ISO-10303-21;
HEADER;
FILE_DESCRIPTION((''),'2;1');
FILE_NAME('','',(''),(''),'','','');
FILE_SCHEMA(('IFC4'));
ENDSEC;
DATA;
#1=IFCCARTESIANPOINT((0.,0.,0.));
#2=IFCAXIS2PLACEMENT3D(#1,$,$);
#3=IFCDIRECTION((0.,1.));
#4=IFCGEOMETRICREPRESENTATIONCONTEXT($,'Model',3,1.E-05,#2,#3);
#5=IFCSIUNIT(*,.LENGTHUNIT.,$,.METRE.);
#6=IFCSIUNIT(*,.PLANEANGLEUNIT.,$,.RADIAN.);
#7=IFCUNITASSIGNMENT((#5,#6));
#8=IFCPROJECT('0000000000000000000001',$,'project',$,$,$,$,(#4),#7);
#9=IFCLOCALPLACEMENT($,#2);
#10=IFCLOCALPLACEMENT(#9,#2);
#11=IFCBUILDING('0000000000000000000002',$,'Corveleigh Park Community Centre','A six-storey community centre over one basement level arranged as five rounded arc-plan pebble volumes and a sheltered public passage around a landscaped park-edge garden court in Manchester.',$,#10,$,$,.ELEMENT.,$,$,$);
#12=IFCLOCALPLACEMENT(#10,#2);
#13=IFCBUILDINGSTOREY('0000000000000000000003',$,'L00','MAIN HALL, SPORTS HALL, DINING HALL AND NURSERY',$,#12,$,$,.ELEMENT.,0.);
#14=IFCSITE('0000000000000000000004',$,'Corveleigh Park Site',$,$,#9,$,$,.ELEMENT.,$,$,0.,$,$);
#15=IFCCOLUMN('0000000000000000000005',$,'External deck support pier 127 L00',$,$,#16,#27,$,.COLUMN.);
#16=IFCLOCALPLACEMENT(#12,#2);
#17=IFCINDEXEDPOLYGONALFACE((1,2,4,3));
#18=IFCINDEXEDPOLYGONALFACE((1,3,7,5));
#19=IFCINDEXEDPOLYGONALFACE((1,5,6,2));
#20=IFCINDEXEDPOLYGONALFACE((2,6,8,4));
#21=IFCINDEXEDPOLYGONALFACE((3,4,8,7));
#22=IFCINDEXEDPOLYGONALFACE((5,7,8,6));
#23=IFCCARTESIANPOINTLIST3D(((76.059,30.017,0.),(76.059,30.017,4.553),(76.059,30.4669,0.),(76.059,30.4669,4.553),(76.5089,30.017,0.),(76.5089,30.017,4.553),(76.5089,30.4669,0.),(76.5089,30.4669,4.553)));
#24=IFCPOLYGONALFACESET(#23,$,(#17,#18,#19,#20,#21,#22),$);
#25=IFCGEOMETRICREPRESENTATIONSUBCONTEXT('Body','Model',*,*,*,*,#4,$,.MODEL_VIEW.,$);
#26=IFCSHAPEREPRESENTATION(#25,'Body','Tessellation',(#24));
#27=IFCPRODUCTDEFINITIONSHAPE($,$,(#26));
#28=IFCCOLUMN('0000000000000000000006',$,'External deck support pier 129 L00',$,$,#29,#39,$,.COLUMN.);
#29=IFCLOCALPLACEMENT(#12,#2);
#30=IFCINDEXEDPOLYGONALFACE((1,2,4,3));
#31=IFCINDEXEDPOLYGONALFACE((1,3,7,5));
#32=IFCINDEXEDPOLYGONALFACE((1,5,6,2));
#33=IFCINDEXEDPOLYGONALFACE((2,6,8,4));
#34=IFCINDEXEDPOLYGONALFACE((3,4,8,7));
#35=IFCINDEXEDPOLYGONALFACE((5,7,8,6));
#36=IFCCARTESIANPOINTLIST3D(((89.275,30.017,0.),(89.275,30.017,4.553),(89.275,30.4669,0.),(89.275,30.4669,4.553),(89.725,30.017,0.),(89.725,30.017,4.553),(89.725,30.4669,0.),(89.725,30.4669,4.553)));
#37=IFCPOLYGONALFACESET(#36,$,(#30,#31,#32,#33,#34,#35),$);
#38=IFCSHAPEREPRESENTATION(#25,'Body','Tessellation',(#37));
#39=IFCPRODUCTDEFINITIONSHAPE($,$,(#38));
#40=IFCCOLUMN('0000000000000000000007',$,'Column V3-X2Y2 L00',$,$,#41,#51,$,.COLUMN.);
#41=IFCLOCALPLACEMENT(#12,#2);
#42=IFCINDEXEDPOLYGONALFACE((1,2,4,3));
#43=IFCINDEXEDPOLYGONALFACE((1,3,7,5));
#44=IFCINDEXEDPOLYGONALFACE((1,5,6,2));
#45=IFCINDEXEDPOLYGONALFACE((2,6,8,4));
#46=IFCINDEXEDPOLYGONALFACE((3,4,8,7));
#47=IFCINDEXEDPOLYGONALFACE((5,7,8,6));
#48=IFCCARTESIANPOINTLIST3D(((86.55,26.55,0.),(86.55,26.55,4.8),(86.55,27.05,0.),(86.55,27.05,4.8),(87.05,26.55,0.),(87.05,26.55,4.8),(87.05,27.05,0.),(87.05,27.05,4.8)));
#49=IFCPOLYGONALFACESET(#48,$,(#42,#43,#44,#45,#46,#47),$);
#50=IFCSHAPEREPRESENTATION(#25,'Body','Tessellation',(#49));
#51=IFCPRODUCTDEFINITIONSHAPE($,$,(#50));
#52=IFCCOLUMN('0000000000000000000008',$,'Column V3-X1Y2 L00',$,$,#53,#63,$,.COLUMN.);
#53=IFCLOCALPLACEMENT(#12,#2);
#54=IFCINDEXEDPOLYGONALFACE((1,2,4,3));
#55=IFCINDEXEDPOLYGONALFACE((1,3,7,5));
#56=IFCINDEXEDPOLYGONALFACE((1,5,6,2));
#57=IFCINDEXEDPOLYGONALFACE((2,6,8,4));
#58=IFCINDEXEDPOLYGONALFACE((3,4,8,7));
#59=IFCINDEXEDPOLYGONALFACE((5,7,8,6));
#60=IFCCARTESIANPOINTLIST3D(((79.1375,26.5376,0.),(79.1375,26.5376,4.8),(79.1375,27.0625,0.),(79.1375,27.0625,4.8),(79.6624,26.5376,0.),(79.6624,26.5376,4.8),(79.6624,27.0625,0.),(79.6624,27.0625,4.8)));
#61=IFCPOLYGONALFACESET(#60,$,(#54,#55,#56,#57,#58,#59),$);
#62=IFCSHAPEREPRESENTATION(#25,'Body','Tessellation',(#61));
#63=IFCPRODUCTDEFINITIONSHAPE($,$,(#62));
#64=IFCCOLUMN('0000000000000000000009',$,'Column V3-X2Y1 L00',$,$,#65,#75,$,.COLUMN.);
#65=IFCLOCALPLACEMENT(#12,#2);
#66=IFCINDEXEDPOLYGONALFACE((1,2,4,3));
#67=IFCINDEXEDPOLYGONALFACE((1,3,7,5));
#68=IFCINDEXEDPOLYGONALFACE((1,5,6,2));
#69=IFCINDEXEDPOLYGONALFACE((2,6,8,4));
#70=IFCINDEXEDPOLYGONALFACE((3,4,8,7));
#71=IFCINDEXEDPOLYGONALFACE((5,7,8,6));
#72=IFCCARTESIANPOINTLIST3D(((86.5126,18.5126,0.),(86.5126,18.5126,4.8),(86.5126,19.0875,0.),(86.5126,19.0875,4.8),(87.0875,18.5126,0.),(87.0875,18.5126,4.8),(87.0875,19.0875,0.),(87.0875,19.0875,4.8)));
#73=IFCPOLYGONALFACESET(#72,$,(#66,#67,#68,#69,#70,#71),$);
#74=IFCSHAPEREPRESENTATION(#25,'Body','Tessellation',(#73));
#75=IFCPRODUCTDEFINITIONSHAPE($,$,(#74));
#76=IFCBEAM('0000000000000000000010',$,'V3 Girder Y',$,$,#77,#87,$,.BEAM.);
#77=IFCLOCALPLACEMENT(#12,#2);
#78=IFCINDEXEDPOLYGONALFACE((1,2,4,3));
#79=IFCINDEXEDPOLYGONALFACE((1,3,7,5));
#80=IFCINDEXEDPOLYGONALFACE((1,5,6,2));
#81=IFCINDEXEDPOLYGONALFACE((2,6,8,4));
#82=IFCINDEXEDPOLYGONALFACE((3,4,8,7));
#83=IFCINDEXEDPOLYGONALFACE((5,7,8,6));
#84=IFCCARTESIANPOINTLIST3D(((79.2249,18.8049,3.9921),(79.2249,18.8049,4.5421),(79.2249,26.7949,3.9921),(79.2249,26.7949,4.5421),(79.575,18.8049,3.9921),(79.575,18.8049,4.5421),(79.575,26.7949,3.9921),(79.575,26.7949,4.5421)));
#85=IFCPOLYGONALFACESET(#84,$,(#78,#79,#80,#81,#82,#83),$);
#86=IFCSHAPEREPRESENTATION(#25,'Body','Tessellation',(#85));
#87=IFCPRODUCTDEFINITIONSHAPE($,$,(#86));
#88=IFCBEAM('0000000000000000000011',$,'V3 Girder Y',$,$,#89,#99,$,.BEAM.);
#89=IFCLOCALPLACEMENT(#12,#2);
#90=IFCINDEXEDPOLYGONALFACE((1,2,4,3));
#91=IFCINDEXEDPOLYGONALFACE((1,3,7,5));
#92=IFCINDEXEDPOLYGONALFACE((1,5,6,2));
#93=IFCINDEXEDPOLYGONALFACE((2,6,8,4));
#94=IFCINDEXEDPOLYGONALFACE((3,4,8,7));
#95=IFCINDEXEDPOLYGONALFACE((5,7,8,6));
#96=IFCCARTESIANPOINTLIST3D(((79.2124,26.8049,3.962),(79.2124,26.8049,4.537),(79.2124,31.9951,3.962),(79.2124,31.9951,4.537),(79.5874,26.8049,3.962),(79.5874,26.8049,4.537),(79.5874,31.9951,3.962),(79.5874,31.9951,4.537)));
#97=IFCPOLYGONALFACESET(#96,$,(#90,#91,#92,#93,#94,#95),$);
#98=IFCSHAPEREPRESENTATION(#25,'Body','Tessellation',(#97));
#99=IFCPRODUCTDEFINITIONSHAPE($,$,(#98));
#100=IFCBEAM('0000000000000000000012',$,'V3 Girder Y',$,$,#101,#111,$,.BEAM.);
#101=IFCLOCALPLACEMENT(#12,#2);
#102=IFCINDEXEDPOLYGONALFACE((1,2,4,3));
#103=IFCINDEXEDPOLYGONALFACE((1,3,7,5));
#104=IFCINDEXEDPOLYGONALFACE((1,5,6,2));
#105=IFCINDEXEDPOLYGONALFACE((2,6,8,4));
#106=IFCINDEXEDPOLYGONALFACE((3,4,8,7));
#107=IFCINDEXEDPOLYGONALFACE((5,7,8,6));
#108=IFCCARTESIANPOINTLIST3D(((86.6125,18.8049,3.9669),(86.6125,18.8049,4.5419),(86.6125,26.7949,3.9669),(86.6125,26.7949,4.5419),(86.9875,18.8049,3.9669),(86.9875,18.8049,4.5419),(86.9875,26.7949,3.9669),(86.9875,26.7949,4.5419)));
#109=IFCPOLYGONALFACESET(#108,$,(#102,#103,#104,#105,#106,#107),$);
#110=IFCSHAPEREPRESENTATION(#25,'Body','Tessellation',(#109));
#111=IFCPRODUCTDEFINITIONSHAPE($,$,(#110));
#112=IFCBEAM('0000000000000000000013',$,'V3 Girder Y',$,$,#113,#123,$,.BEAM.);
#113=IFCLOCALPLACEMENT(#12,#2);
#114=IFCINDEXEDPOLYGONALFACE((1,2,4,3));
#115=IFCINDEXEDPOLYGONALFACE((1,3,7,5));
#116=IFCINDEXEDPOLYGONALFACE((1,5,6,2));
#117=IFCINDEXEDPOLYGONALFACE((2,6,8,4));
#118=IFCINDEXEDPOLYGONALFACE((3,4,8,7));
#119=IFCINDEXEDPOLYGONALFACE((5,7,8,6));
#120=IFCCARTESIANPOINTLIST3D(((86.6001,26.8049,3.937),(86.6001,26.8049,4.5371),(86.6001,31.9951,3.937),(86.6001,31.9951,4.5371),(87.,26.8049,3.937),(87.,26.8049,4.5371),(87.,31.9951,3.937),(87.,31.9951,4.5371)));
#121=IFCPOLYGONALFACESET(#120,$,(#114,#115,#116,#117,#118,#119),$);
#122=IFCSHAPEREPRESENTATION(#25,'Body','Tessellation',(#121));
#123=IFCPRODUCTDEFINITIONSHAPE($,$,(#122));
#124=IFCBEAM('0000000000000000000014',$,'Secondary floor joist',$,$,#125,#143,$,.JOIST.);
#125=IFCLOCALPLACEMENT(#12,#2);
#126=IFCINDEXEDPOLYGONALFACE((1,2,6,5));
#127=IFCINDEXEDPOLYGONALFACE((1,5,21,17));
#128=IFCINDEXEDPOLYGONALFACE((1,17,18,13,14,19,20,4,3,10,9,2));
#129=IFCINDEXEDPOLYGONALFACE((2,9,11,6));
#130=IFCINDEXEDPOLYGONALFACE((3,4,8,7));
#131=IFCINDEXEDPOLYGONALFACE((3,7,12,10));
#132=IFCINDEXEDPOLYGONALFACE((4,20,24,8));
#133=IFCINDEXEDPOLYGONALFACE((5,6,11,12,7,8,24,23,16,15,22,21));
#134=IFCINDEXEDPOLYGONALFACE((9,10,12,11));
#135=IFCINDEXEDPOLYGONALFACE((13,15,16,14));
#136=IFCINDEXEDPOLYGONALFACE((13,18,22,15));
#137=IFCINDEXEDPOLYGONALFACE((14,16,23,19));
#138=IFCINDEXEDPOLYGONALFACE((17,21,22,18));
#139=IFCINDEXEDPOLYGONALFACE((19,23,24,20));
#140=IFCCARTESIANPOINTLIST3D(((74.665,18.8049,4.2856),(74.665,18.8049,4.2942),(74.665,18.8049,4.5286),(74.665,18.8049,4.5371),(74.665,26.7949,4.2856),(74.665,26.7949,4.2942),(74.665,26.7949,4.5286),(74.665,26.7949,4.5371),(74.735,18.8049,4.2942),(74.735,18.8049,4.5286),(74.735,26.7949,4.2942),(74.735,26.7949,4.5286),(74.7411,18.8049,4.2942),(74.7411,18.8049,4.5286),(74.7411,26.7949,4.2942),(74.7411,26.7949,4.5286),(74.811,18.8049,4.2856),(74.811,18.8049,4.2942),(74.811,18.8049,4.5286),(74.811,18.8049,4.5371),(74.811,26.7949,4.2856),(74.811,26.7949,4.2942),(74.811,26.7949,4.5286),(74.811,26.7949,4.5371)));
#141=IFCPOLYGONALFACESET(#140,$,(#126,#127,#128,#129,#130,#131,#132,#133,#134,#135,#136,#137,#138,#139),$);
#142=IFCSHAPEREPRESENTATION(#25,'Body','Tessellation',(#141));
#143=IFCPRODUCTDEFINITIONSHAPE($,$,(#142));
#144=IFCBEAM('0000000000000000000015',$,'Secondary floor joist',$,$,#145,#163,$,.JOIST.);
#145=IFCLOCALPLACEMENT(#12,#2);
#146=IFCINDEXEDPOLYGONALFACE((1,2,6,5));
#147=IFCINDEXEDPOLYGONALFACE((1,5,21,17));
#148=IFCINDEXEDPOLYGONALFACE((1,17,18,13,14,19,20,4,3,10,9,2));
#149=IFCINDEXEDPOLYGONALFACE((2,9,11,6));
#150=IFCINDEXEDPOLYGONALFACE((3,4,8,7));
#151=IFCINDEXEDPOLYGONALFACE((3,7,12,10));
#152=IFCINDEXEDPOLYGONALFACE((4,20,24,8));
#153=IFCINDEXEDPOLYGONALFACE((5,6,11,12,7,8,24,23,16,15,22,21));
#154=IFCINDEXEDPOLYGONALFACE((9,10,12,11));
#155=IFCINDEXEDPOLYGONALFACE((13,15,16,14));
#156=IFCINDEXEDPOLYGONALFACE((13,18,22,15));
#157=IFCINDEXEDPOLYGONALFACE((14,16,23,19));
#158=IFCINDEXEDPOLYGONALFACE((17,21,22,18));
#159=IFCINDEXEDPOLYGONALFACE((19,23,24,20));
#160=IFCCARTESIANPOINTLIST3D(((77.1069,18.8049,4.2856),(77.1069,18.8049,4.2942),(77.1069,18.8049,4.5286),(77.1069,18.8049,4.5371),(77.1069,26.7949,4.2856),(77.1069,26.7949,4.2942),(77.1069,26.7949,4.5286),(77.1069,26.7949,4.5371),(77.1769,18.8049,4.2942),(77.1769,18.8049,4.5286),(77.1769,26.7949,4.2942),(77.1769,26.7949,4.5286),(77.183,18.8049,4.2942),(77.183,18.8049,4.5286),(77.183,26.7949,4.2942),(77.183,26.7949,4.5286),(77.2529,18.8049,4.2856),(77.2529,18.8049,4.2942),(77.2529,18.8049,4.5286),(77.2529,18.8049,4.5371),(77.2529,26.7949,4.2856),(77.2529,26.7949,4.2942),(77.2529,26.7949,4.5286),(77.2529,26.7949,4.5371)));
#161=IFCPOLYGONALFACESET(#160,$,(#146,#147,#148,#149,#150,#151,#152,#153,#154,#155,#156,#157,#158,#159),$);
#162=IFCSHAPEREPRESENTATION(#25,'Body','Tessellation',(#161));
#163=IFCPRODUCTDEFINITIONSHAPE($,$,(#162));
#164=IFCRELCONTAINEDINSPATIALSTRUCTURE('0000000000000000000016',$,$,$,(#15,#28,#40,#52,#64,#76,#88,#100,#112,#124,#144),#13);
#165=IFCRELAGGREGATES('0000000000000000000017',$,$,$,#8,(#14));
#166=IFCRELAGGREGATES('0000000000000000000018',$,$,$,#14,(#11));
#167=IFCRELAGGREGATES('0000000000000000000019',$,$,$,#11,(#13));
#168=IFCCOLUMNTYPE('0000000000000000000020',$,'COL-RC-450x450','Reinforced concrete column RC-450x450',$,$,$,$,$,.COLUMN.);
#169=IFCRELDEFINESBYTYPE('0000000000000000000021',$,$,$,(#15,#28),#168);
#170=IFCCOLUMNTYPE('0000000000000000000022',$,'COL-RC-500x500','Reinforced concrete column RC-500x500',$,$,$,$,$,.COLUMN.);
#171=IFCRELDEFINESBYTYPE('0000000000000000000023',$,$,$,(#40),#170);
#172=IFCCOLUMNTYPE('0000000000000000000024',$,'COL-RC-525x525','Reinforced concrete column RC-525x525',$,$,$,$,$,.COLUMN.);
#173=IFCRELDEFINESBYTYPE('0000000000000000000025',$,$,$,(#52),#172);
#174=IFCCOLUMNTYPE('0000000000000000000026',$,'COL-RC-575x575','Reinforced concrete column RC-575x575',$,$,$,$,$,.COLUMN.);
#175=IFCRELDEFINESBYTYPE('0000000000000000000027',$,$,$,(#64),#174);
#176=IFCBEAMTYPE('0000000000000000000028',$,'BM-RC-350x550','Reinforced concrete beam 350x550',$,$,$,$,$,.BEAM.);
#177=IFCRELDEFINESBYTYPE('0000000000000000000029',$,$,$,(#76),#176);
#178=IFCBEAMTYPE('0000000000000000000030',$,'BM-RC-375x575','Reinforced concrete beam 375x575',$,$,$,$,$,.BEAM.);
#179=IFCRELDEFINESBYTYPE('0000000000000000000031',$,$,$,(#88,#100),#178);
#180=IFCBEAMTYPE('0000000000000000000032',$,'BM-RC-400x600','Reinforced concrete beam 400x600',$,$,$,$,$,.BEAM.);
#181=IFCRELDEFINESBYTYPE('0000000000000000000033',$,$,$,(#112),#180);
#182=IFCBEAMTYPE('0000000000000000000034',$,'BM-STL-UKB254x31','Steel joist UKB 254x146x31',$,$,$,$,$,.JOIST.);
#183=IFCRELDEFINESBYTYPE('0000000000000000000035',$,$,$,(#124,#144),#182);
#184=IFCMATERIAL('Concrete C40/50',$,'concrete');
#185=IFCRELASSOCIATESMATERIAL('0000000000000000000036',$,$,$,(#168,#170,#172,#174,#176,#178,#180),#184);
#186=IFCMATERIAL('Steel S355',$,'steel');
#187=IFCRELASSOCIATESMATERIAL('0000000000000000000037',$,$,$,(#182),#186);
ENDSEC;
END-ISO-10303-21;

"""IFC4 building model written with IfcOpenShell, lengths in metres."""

from ifc_helpers import new_model, si_unit, direction, frame, origin, origin_2d, place, context, subcontext, project, spatial, rectangle, i_section, extrude, material, material_profile, profile_set, type_object, element, save


model = new_model("IFC4")

# Units and contexts
model_context = context("Model", 3, precision=1e-05, world=origin(), true_north=direction((0.0, 1.0)))
body_context = subcontext(model_context, "Body", "Model", "MODEL_VIEW")
ifc_project = project(units=[si_unit("LENGTHUNIT", "METRE"), si_unit("PLANEANGLEUNIT", "RADIAN")], contexts=[model_context])

# Site, building, storey
site_placement = place(None, origin())
site = spatial("IfcSite", under=ifc_project, at=site_placement, Name="Corveleigh Park Site", CompositionType="ELEMENT", RefElevation=0.0)
building_placement = place(site_placement, origin())
building = spatial("IfcBuilding", under=site, at=building_placement, Name="Corveleigh Park Community Centre", Description="A six-storey community centre over one basement level arranged as five rounded arc-plan pebble volumes and a sheltered public passage around a landscaped park-edge garden court in Manchester.", CompositionType="ELEMENT")
storey_placement = place(building_placement, origin())
storey = spatial("IfcBuildingStorey", under=building, at=storey_placement, Name="L00", Description="MAIN HALL, SPORTS HALL, DINING HALL AND NURSERY", CompositionType="ELEMENT", Elevation=0.0)

# Columns
ifc_material_1 = material(Name="Concrete C40/50", Category="concrete")
ifc_material_profile_1 = material_profile(ifc_material_1, rectangle(XDim=0.45, YDim=0.45, at=origin_2d()), Name="RC-450x450", Category="concrete")
ifc_profile_set_1 = profile_set([ifc_material_profile_1], Name="Concrete C40/50")
column_type_1 = type_object("IfcColumnType", Name="COL-RC-450x450", Description="Reinforced concrete column RC-450x450", PredefinedType="COLUMN", material=ifc_profile_set_1)
for number, where, z_axis, x_axis, name in (
    (1, (76.2839, 30.2419, 0.0), (0.0, 0.0, 1.0), (1.0, 0.0, 0.0), "External deck support pier 127 L00"),
    (2, (89.5, 30.2419, 0.0), (0.0, 0.0, 1.0), (1.0, 0.0, 0.0), "External deck support pier 129 L00"),
):
    element("IfcColumn", number, at=place(storey_placement, frame(where, z_axis=z_axis, x_axis=x_axis)), inside=storey, type_object=column_type_1, Name=name, PredefinedType="COLUMN", context=body_context, shape_type="SweptSolid", body=[
        extrude(rectangle(XDim=0.45, YDim=0.45, at=origin_2d()), origin(), (0.0, 0.0, 1.0), 4.553),
    ])
ifc_material_profile_2 = material_profile(ifc_material_1, rectangle(XDim=0.5, YDim=0.5, at=origin_2d()), Name="RC-500x500", Category="concrete")
ifc_profile_set_2 = profile_set([ifc_material_profile_2], Name="Concrete C40/50")
column_type_2 = type_object("IfcColumnType", Name="COL-RC-500x500", Description="Reinforced concrete column RC-500x500", PredefinedType="COLUMN", material=ifc_profile_set_2)
column_1_placement = place(storey_placement, frame((86.8, 26.8, 0.0), z_axis=(0.0, 0.0, 1.0), x_axis=(1.0, 0.0, 0.0)))
element("IfcColumn", 3, at=column_1_placement, inside=storey, type_object=column_type_2, Name="Column V3-X2Y2 L00", PredefinedType="COLUMN", context=body_context, shape_type="SweptSolid", body=[
    extrude(rectangle(XDim=0.5, YDim=0.5, at=origin_2d()), origin(), (0.0, 0.0, 1.0), 4.8),
])
ifc_material_profile_3 = material_profile(ifc_material_1, rectangle(XDim=0.5249, YDim=0.5249, at=origin_2d()), Name="RC-525x525", Category="concrete")
ifc_profile_set_3 = profile_set([ifc_material_profile_3], Name="Concrete C40/50")
column_type_3 = type_object("IfcColumnType", Name="COL-RC-525x525", Description="Reinforced concrete column RC-525x525", PredefinedType="COLUMN", material=ifc_profile_set_3)
column_2_placement = place(storey_placement, frame((79.3999, 26.8, 0.0), z_axis=(0.0, 0.0, 1.0), x_axis=(1.0, 0.0, 0.0)))
element("IfcColumn", 4, at=column_2_placement, inside=storey, type_object=column_type_3, Name="Column V3-X1Y2 L00", PredefinedType="COLUMN", context=body_context, shape_type="SweptSolid", body=[
    extrude(rectangle(XDim=0.5249, YDim=0.5249, at=origin_2d()), origin(), (0.0, 0.0, 1.0), 4.8),
])
ifc_material_profile_4 = material_profile(ifc_material_1, rectangle(XDim=0.575, YDim=0.575, at=origin_2d()), Name="RC-575x575", Category="concrete")
ifc_profile_set_4 = profile_set([ifc_material_profile_4], Name="Concrete C40/50")
column_type_4 = type_object("IfcColumnType", Name="COL-RC-575x575", Description="Reinforced concrete column RC-575x575", PredefinedType="COLUMN", material=ifc_profile_set_4)
column_3_placement = place(storey_placement, frame((86.8, 18.8, 0.0), z_axis=(0.0, 0.0, 1.0), x_axis=(1.0, 0.0, 0.0)))
element("IfcColumn", 5, at=column_3_placement, inside=storey, type_object=column_type_4, Name="Column V3-X2Y1 L00", PredefinedType="COLUMN", context=body_context, shape_type="SweptSolid", body=[
    extrude(rectangle(XDim=0.575, YDim=0.575, at=origin_2d()), origin(), (0.0, 0.0, 1.0), 4.8),
])

# Beams
ifc_material_profile_5 = material_profile(ifc_material_1, rectangle(XDim=0.3501, YDim=0.55, at=origin_2d()), Name="RC-350x550", Category="concrete")
ifc_profile_set_5 = profile_set([ifc_material_profile_5], Name="Concrete C40/50")
beam_type_1 = type_object("IfcBeamType", Name="BM-RC-350x550", Description="Reinforced concrete beam 350x550", PredefinedType="BEAM", material=ifc_profile_set_5)
beam_1_placement = place(storey_placement, frame((79.3999, 18.8049, 4.2671), z_axis=(0.0, 1.0, 0.0), x_axis=(-1.0, 0.0, 0.0)))
element("IfcBeam", 6, at=beam_1_placement, inside=storey, type_object=beam_type_1, Name="V3 Girder Y", PredefinedType="BEAM", context=body_context, shape_type="SweptSolid", body=[
    extrude(rectangle(XDim=0.3501, YDim=0.55, at=origin_2d()), origin(), (0.0, 0.0, 1.0), 7.99),
])
ifc_material_profile_6 = material_profile(ifc_material_1, rectangle(XDim=0.375, YDim=0.575, at=origin_2d()), Name="RC-375x575", Category="concrete")
ifc_profile_set_6 = profile_set([ifc_material_profile_6], Name="Concrete C40/50")
beam_type_2 = type_object("IfcBeamType", Name="BM-RC-375x575", Description="Reinforced concrete beam 375x575", PredefinedType="BEAM", material=ifc_profile_set_6)
beam_2_placement = place(storey_placement, frame((79.3999, 26.8049, 4.2495), z_axis=(0.0, 1.0, 0.0), x_axis=(-1.0, 0.0, 0.0)))
element("IfcBeam", 7, at=beam_2_placement, inside=storey, type_object=beam_type_2, Name="V3 Girder Y", PredefinedType="BEAM", context=body_context, shape_type="SweptSolid", body=[
    extrude(rectangle(XDim=0.375, YDim=0.575, at=origin_2d()), origin(), (0.0, 0.0, 1.0), 5.1902),
])
beam_3_placement = place(storey_placement, frame((86.8, 18.8049, 4.2544), z_axis=(0.0, 1.0, 0.0), x_axis=(-1.0, 0.0, 0.0)))
element("IfcBeam", 8, at=beam_3_placement, inside=storey, type_object=beam_type_2, Name="V3 Girder Y", PredefinedType="BEAM", context=body_context, shape_type="SweptSolid", body=[
    extrude(rectangle(XDim=0.375, YDim=0.575, at=origin_2d()), origin(), (0.0, 0.0, 1.0), 7.99),
])
ifc_material_profile_7 = material_profile(ifc_material_1, rectangle(XDim=0.3999, YDim=0.6001, at=origin_2d()), Name="RC-400x600", Category="concrete")
ifc_profile_set_7 = profile_set([ifc_material_profile_7], Name="Concrete C40/50")
beam_type_3 = type_object("IfcBeamType", Name="BM-RC-400x600", Description="Reinforced concrete beam 400x600", PredefinedType="BEAM", material=ifc_profile_set_7)
beam_4_placement = place(storey_placement, frame((86.8, 26.8049, 4.2371), z_axis=(0.0, 1.0, 0.0), x_axis=(-1.0, 0.0, 0.0)))
element("IfcBeam", 9, at=beam_4_placement, inside=storey, type_object=beam_type_3, Name="V3 Girder Y", PredefinedType="BEAM", context=body_context, shape_type="SweptSolid", body=[
    extrude(rectangle(XDim=0.3999, YDim=0.6001, at=origin_2d()), origin(), (0.0, 0.0, 1.0), 5.1902),
])
ifc_material_2 = material(Name="Steel S355", Category="steel")
ifc_material_profile_8 = material_profile(ifc_material_2, i_section(OverallWidth=0.146, OverallDepth=0.2515, WebThickness=0.0061, FlangeThickness=0.0085, at=origin_2d()), Name="UKB 254x146x31", Category="steel")
ifc_profile_set_8 = profile_set([ifc_material_profile_8], Name="Steel S355")
beam_type_4 = type_object("IfcBeamType", Name="BM-STL-UKB254x31", Description="Steel joist UKB 254x146x31", PredefinedType="JOIST", material=ifc_profile_set_8)
for number, where, z_axis, x_axis, name in (
    (10, (74.738, 18.8049, 4.4114), (0.0, 1.0, 0.0), (-1.0, 0.0, 0.0), "Secondary floor joist"),
    (11, (77.1799, 18.8049, 4.4114), (0.0, 1.0, 0.0), (-1.0, 0.0, 0.0), "Secondary floor joist"),
):
    element("IfcBeam", number, at=place(storey_placement, frame(where, z_axis=z_axis, x_axis=x_axis)), inside=storey, type_object=beam_type_4, Name=name, PredefinedType="JOIST", context=body_context, shape_type="SweptSolid", body=[
        extrude(i_section(OverallWidth=0.146, OverallDepth=0.2515, WebThickness=0.0061, FlangeThickness=0.0085, at=origin_2d()), origin(), (0.0, 0.0, 1.0), 7.99),
    ])

save(model, "model.ifc")
